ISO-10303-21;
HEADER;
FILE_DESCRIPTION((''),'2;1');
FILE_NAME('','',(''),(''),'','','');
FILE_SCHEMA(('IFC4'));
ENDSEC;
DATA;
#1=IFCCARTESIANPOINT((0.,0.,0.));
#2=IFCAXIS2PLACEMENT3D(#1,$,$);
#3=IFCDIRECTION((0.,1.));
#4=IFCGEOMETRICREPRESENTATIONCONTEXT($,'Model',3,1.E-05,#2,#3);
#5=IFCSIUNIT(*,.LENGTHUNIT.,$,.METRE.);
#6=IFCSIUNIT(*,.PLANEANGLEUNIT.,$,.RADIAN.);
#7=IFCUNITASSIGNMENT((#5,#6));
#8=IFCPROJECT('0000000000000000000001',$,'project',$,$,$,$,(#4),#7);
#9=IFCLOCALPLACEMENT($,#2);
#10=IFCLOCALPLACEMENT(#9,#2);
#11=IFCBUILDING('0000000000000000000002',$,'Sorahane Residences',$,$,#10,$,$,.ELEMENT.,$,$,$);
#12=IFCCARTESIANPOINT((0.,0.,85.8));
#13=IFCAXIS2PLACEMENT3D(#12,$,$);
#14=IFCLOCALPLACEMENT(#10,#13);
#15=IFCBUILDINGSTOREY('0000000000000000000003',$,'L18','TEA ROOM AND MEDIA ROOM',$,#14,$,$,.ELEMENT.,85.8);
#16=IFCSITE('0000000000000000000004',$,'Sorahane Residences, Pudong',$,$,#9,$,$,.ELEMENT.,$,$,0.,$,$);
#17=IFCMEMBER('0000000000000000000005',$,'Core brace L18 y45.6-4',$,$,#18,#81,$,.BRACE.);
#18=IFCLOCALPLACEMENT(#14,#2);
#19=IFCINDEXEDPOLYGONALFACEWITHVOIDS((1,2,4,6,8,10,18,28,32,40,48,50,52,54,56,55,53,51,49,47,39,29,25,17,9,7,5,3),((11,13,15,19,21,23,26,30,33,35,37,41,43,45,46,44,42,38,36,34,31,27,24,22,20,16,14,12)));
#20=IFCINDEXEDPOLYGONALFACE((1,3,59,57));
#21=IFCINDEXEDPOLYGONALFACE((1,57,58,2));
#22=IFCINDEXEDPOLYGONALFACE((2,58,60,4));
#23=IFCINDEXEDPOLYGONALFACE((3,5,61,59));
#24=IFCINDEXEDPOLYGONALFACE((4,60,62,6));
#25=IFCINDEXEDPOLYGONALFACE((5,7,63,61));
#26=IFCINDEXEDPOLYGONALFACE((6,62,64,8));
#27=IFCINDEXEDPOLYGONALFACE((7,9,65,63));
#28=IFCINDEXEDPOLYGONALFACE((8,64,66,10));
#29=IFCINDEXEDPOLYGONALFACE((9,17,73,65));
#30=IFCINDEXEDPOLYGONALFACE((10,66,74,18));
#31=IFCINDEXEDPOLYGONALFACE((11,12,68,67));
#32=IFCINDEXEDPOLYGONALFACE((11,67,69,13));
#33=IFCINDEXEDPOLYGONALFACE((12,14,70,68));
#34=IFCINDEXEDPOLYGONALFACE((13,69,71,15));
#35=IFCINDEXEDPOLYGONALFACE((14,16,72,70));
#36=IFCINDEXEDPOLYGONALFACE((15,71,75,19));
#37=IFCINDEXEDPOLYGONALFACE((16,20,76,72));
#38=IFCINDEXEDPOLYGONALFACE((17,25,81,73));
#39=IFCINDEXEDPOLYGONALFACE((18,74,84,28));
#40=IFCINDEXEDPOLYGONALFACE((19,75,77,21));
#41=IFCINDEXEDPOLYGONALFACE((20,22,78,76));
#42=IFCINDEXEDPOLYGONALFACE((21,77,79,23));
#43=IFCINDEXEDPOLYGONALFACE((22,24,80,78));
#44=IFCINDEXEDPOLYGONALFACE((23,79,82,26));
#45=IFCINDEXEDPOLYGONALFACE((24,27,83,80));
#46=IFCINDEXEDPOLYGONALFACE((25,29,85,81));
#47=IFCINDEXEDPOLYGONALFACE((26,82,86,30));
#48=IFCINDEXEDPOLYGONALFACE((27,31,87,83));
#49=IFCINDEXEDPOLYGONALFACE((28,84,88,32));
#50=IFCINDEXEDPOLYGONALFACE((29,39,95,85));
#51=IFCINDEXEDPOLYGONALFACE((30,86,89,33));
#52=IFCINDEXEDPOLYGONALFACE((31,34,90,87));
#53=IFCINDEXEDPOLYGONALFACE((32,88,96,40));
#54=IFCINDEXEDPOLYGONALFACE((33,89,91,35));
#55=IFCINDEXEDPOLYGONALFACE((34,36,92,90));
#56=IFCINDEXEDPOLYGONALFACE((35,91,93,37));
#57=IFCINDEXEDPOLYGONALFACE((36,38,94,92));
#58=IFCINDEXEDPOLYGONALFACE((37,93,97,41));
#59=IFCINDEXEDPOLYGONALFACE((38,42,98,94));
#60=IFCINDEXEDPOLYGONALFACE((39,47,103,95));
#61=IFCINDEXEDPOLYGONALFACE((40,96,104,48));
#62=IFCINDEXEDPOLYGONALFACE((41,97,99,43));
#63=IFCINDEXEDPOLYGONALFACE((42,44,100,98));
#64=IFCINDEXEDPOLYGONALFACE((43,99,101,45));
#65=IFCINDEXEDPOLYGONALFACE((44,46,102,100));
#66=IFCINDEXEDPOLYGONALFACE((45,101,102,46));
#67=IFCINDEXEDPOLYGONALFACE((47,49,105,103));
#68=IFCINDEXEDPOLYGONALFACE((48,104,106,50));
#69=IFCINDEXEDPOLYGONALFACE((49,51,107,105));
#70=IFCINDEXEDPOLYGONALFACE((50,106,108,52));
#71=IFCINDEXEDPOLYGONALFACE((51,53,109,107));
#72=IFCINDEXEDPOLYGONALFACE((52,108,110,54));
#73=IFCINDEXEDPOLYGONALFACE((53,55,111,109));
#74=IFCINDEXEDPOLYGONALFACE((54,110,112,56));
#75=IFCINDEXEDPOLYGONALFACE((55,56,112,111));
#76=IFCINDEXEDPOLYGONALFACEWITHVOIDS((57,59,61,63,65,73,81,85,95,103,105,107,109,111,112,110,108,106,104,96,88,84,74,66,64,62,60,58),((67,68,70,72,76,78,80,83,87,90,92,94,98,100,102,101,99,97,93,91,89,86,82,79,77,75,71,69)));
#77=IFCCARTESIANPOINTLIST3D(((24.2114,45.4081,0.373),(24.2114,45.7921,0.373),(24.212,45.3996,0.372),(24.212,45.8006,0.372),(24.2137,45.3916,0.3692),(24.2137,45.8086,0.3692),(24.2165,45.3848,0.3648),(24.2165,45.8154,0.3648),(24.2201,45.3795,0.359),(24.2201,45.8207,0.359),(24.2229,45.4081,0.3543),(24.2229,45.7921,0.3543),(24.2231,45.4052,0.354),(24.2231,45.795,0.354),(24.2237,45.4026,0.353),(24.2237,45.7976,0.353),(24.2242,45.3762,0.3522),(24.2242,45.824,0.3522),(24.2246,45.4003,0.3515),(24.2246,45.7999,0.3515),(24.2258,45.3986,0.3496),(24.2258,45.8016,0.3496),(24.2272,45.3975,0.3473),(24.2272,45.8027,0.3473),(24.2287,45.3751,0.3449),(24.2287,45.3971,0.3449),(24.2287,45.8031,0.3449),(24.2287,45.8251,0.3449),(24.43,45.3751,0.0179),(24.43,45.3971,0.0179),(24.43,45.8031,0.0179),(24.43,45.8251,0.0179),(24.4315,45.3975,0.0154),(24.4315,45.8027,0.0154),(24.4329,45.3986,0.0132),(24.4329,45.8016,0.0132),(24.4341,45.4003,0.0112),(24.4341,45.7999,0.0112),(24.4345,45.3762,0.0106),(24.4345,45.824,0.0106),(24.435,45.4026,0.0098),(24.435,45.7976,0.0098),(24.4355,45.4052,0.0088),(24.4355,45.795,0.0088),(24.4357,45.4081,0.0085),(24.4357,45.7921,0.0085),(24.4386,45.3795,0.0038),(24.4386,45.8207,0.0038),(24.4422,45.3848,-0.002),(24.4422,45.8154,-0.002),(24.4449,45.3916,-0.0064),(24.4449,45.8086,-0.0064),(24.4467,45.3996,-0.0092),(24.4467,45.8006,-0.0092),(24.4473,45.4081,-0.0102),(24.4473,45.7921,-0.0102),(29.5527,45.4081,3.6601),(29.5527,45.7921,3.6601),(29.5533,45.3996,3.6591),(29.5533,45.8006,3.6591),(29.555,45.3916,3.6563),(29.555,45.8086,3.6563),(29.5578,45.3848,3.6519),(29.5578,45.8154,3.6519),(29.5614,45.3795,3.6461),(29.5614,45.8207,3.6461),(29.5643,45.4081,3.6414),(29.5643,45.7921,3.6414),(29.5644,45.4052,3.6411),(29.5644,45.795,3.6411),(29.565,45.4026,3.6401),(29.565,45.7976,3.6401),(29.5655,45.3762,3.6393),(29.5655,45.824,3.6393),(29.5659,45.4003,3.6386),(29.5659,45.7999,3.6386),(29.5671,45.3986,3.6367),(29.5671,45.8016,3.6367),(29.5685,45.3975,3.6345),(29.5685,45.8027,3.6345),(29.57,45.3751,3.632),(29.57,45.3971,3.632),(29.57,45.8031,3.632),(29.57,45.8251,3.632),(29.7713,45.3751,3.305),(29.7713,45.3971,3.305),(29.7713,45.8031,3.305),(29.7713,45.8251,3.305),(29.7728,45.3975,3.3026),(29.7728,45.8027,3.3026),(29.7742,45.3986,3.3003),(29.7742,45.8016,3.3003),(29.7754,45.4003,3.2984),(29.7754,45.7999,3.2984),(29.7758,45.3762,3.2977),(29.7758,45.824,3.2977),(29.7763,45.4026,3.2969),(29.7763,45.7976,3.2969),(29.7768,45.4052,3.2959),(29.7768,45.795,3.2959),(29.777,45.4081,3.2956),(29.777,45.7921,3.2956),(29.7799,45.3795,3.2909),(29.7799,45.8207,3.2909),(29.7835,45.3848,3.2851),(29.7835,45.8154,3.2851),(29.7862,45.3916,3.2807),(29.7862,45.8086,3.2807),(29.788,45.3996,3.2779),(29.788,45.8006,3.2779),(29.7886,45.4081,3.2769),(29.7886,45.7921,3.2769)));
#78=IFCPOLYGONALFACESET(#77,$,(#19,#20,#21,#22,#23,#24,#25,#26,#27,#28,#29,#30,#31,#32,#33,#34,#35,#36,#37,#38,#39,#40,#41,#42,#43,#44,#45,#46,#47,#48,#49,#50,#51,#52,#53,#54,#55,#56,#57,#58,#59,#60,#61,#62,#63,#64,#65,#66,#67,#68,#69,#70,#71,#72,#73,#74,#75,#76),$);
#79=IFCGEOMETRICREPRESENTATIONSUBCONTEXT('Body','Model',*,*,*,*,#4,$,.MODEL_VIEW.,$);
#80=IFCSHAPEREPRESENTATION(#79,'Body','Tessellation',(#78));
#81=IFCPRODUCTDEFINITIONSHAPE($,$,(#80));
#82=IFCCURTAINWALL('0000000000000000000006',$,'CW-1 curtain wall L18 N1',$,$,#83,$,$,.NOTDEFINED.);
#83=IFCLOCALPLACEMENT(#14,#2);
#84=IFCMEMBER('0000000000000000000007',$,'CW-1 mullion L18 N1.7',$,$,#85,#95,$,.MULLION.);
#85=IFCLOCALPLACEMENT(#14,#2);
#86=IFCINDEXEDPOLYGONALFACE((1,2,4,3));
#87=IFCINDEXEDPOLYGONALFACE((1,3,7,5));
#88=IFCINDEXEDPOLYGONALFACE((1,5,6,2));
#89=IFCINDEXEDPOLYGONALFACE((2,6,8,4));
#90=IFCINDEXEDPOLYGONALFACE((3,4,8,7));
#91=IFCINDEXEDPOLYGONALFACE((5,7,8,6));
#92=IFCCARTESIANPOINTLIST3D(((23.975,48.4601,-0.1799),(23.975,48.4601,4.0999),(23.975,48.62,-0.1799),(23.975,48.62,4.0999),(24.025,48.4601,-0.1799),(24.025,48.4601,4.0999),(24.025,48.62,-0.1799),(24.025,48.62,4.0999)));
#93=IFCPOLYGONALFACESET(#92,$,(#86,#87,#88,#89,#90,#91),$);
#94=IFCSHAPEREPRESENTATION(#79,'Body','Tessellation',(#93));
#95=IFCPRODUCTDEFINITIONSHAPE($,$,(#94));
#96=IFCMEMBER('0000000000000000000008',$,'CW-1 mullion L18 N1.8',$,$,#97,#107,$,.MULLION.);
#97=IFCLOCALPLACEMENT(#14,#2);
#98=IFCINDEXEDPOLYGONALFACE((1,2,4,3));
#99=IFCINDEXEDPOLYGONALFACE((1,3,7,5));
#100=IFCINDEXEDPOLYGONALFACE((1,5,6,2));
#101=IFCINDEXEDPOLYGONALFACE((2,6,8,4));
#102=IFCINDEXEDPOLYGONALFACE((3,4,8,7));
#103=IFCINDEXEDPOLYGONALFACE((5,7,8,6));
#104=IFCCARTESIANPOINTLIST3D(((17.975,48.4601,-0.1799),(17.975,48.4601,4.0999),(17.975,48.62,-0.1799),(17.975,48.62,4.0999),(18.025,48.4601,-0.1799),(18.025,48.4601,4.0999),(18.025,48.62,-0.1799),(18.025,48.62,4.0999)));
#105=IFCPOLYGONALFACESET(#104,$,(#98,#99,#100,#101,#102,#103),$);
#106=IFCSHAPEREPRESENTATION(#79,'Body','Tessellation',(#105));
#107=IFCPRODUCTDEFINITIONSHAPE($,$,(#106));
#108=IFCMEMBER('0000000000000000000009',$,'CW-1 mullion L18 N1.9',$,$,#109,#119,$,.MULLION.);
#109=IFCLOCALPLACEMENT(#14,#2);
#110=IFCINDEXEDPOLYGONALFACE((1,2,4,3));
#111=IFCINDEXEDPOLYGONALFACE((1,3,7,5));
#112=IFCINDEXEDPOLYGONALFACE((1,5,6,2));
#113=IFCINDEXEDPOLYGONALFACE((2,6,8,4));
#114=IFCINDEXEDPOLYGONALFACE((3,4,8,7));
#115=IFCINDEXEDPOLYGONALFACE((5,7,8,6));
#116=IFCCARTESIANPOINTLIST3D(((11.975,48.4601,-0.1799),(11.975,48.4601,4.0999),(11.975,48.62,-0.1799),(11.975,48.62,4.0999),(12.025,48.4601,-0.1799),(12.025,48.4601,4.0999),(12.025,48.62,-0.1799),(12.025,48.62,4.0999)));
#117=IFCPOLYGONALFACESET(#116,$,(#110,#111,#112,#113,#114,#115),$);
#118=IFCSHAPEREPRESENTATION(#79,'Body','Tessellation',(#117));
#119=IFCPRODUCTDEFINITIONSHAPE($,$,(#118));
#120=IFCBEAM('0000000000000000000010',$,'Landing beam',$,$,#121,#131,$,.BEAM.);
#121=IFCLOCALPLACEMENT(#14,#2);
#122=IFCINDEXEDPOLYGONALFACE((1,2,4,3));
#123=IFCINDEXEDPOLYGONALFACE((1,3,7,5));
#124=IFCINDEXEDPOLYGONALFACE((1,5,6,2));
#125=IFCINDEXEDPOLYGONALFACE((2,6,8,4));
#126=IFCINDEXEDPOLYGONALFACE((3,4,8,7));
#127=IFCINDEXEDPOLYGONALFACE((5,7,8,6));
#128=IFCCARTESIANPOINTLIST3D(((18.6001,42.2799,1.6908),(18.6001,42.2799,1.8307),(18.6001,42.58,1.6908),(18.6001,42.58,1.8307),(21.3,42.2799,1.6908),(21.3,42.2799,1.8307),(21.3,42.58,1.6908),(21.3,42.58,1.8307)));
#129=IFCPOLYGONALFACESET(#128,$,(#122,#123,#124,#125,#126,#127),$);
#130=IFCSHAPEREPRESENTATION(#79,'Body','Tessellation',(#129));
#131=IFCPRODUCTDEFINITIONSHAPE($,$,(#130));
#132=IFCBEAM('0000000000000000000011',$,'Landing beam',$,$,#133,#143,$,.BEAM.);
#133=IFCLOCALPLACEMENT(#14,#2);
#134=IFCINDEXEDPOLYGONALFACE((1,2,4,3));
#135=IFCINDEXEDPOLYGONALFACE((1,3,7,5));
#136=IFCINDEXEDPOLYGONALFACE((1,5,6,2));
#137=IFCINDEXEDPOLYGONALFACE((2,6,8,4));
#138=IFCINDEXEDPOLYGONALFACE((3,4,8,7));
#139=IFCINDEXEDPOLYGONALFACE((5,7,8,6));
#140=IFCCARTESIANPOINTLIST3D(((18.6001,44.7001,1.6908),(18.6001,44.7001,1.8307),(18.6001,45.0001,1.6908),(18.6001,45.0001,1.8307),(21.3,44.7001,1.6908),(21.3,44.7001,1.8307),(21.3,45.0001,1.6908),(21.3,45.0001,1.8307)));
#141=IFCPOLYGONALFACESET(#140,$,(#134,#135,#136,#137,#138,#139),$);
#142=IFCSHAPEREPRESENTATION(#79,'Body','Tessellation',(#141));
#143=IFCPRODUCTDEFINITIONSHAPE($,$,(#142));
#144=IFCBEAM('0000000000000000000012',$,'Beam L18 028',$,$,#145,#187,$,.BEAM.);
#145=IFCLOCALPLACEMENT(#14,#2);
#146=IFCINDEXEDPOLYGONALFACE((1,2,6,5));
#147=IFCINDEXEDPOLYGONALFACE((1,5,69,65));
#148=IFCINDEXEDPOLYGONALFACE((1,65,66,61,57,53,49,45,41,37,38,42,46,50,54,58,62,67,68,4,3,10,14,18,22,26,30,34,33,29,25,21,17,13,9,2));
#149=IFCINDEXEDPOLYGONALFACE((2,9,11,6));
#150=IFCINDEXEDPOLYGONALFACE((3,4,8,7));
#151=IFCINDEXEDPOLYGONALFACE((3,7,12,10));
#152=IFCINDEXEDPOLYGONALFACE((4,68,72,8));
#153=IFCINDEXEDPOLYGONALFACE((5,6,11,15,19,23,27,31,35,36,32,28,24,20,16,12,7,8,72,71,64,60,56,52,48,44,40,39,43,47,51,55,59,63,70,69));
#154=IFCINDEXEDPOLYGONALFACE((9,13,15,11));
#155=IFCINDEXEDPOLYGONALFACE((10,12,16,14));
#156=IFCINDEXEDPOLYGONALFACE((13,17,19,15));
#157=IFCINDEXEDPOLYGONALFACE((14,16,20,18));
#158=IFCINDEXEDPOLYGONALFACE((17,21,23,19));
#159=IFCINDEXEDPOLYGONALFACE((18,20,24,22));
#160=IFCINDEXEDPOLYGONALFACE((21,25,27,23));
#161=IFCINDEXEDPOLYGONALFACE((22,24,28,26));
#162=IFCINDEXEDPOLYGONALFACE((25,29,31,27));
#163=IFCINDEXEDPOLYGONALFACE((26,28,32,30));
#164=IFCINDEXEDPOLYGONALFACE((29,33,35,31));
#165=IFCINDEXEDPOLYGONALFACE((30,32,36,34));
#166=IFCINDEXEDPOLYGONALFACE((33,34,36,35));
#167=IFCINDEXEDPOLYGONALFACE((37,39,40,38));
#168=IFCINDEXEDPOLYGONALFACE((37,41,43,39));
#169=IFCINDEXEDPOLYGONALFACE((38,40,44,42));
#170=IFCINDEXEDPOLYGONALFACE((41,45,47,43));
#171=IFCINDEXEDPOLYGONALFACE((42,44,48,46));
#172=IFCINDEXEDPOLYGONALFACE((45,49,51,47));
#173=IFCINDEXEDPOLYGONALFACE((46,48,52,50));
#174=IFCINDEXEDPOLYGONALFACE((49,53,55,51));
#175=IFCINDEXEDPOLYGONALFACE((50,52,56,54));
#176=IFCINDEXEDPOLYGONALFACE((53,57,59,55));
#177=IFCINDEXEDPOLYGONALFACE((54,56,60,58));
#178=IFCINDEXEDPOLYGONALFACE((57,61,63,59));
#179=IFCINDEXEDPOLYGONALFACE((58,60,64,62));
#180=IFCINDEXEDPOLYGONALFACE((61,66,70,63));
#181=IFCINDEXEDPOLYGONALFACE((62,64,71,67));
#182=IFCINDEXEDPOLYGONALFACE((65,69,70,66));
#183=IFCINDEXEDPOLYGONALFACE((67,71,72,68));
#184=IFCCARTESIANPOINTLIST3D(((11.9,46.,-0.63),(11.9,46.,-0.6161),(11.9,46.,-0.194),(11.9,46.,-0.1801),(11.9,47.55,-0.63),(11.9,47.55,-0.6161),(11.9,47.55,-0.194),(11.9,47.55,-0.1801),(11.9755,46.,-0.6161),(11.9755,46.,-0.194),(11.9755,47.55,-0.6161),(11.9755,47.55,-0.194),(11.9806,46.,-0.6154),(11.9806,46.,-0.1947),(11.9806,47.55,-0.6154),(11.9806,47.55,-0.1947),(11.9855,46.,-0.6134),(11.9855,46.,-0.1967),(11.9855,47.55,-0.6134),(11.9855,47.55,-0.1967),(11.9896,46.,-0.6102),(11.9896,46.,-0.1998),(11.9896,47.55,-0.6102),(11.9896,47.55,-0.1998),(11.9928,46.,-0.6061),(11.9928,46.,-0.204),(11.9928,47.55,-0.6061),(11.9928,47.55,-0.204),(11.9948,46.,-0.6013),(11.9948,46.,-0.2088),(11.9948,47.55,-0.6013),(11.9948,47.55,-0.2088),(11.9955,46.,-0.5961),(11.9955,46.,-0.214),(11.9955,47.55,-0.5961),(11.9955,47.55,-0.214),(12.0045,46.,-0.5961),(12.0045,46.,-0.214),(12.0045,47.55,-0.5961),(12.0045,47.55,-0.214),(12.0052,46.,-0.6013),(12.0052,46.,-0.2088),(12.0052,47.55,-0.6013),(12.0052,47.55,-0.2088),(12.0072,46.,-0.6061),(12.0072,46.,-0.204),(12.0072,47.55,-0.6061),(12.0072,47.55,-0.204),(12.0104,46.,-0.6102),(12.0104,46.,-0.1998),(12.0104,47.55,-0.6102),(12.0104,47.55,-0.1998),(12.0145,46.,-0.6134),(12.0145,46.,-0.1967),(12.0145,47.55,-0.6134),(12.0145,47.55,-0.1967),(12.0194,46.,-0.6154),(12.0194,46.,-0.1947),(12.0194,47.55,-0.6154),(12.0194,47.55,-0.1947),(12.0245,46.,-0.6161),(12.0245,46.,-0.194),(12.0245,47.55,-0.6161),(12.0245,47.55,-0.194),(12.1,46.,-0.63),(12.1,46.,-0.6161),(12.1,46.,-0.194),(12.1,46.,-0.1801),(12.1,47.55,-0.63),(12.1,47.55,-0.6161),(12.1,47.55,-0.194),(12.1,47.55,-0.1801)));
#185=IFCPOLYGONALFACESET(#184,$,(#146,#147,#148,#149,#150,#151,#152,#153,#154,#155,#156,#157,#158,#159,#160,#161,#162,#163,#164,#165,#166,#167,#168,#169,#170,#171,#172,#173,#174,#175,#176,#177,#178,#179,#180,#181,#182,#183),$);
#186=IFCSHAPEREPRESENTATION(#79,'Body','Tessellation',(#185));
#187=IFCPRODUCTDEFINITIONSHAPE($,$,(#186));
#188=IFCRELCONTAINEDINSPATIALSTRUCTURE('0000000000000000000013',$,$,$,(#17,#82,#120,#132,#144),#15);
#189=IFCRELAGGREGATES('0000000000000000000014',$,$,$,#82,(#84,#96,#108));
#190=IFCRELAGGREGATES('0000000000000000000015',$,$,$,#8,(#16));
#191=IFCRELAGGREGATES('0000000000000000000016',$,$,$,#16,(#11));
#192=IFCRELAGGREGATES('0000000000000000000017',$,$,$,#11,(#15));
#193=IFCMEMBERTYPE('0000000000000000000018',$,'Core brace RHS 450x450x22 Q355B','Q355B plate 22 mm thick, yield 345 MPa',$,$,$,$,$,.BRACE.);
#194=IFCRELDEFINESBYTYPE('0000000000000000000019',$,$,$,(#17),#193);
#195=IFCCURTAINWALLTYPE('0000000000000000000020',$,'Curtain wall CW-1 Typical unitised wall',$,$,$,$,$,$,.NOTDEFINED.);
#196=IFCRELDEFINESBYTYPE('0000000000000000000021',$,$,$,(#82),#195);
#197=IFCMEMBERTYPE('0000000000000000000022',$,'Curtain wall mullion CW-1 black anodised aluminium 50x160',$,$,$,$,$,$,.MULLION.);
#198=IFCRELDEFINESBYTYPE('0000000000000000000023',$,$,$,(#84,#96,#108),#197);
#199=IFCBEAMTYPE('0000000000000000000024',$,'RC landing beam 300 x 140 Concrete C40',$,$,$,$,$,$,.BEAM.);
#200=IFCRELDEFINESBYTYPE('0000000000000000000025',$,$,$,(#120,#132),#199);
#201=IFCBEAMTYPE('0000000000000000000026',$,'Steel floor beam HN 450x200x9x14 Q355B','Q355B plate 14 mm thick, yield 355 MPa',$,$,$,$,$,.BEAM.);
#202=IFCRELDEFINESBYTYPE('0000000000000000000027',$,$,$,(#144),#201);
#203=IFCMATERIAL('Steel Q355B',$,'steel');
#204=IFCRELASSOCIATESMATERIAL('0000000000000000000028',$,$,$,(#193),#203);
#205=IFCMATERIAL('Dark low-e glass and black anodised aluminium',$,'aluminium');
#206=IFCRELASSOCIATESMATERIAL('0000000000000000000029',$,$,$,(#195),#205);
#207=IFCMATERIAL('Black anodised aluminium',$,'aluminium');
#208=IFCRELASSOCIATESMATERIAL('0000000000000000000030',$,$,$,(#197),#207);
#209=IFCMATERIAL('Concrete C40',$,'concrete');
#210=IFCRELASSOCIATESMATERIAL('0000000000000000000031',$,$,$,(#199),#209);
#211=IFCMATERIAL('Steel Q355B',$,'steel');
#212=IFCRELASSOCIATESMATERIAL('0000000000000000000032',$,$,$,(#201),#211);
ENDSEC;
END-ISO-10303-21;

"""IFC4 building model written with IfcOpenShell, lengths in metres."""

from ifc_helpers import new_model, si_unit, direction, frame, origin, origin_2d, place, context, subcontext, project, spatial, rectangle, hollow_rectangle, i_section, extrude, material, material_profile, profile_set, type_object, element, aggregate, save


model = new_model("IFC4")

# Units and contexts
model_context = context("Model", 3, precision=1e-05, world=origin(), true_north=direction((0.0, 1.0)))
body_context = subcontext(model_context, "Body", "Model", "MODEL_VIEW")
ifc_project = project(units=[si_unit("LENGTHUNIT", "METRE"), si_unit("PLANEANGLEUNIT", "RADIAN")], contexts=[model_context])

# Site, building, storey
site_placement = place(None, origin())
site = spatial("IfcSite", under=ifc_project, at=site_placement, Name="Sorahane Residences, Pudong", CompositionType="ELEMENT", RefElevation=0.0)
building_placement = place(site_placement, origin())
building = spatial("IfcBuilding", under=site, at=building_placement, Name="Sorahane Residences", CompositionType="ELEMENT")
storey_placement = place(building_placement, frame((0.0, 0.0, 85.8)))
storey = spatial("IfcBuildingStorey", under=building, at=storey_placement, Name="L18", Description="TEA ROOM AND MEDIA ROOM", CompositionType="ELEMENT", Elevation=85.8)

# Member
ifc_material_1 = material(Name="Steel Q355B", Category="steel")
ifc_material_profile_1 = material_profile(ifc_material_1, hollow_rectangle(XDim=0.45, YDim=0.45, WallThickness=0.022, InnerFilletRadius=0.011, OuterFilletRadius=0.033, at=origin_2d()), Name="RHS 450x450x22")
ifc_profile_set_1 = profile_set([ifc_material_profile_1], Name="Steel Q355B")
member_type_1 = type_object("IfcMemberType", Name="Core brace RHS 450x450x22 Q355B", Description="Q355B plate 22 mm thick, yield 345 MPa", PredefinedType="BRACE", material=ifc_profile_set_1)
for number, where, z_axis, x_axis, name in (
    (1, (24.3293, 45.6001, 0.1814), (0.851648, 0.0, 0.524115), (0.0, 1.0, 0.0), "Core brace L18 y45.6-4"),
):
    element("IfcMember", number, at=place(storey_placement, frame(where, z_axis=z_axis, x_axis=x_axis)), inside=storey, type_object=member_type_1, Name=name, PredefinedType="BRACE", context=body_context, shape_type="SweptSolid", body=[
        extrude(hollow_rectangle(XDim=0.45, YDim=0.45, WallThickness=0.022, InnerFilletRadius=0.011, OuterFilletRadius=0.033, at=origin_2d()), origin(), (0.0, 0.0, 1.0), 6.2717),
    ])

# Curtain wall, members
ifc_material_2 = material(Name="Dark low-e glass and black anodised aluminium", Category="aluminium")
curtain_wall_type = type_object("IfcCurtainWallType", Name="Curtain wall CW-1 Typical unitised wall", PredefinedType="NOTDEFINED", material=ifc_material_2)
curtain_wall_placement = place(storey_placement, origin())
curtain_wall = element("IfcCurtainWall", 2, at=curtain_wall_placement, inside=storey, type_object=curtain_wall_type, Name="CW-1 curtain wall L18 N1", PredefinedType="NOTDEFINED")
ifc_material_3 = material(Name="Black anodised aluminium", Category="aluminium")
ifc_material_profile_2 = material_profile(ifc_material_3, rectangle(XDim=0.1599, YDim=0.05, at=origin_2d()), Name="Curtain wall mullion CW-1 black anodised aluminium 50x160")
ifc_profile_set_2 = profile_set([ifc_material_profile_2], Name="Black anodised aluminium")
member_type_2 = type_object("IfcMemberType", Name="Curtain wall mullion CW-1 black anodised aluminium 50x160", PredefinedType="MULLION", material=ifc_profile_set_2)
member_1_placement = place(storey_placement, frame((24.0, 48.54, -0.1799), z_axis=(0.0, 0.0, 1.0), x_axis=(0.0, 1.0, 0.0)))
member_1 = element("IfcMember", 3, at=member_1_placement, type_object=member_type_2, Name="CW-1 mullion L18 N1.7", PredefinedType="MULLION", context=body_context, shape_type="SweptSolid", body=[
    extrude(rectangle(XDim=0.1599, YDim=0.05, at=origin_2d()), origin(), (0.0, 0.0, 1.0), 4.2798),
])
member_2_placement = place(storey_placement, frame((18.0, 48.54, -0.1799), z_axis=(0.0, 0.0, 1.0), x_axis=(0.0, 1.0, 0.0)))
member_2 = element("IfcMember", 4, at=member_2_placement, type_object=member_type_2, Name="CW-1 mullion L18 N1.8", PredefinedType="MULLION", context=body_context, shape_type="SweptSolid", body=[
    extrude(rectangle(XDim=0.1599, YDim=0.05, at=origin_2d()), origin(), (0.0, 0.0, 1.0), 4.2798),
])
member_3_placement = place(storey_placement, frame((12.0, 48.54, -0.1799), z_axis=(0.0, 0.0, 1.0), x_axis=(0.0, 1.0, 0.0)))
member_3 = element("IfcMember", 5, at=member_3_placement, type_object=member_type_2, Name="CW-1 mullion L18 N1.9", PredefinedType="MULLION", context=body_context, shape_type="SweptSolid", body=[
    extrude(rectangle(XDim=0.1599, YDim=0.05, at=origin_2d()), origin(), (0.0, 0.0, 1.0), 4.2798),
])

# Beams
ifc_material_4 = material(Name="Concrete C40", Category="concrete")
ifc_material_profile_3 = material_profile(ifc_material_4, rectangle(XDim=0.3, YDim=0.1399, at=origin_2d()), Name="300x140")
ifc_profile_set_3 = profile_set([ifc_material_profile_3], Name="Concrete C40")
beam_type_1 = type_object("IfcBeamType", Name="RC landing beam 300 x 140 Concrete C40", PredefinedType="BEAM", material=ifc_profile_set_3)
for number, where, z_axis, x_axis, name in (
    (6, (18.6001, 42.4299, 1.7607), (1.0, 0.0, 0.0), (0.0, 1.0, 0.0), "Landing beam"),
    (7, (18.6001, 44.8501, 1.7607), (1.0, 0.0, 0.0), (0.0, 1.0, 0.0), "Landing beam"),
):
    element("IfcBeam", number, at=place(storey_placement, frame(where, z_axis=z_axis, x_axis=x_axis)), inside=storey, type_object=beam_type_1, Name=name, PredefinedType="BEAM", context=body_context, shape_type="SweptSolid", body=[
        extrude(rectangle(XDim=0.3, YDim=0.1399, at=origin_2d()), origin(), (0.0, 0.0, 1.0), 2.7),
    ])
ifc_material_5 = material(Name="Steel Q355B", Category="steel")
ifc_material_profile_4 = material_profile(ifc_material_5, i_section(OverallWidth=0.2, OverallDepth=0.45, WebThickness=0.009, FlangeThickness=0.0139, FilletRadius=0.02, at=origin_2d()), Name="HN 450x200x9x14")
ifc_profile_set_4 = profile_set([ifc_material_profile_4], Name="Steel Q355B")
beam_type_2 = type_object("IfcBeamType", Name="Steel floor beam HN 450x200x9x14 Q355B", Description="Q355B plate 14 mm thick, yield 355 MPa", PredefinedType="BEAM", material=ifc_profile_set_4)
beam_1_placement = place(storey_placement, frame((12.0, 46.0, -0.405), z_axis=(0.0, 1.0, 0.0), x_axis=(-1.0, 0.0, 0.0)))
element("IfcBeam", 8, at=beam_1_placement, inside=storey, type_object=beam_type_2, Name="Beam L18 028", PredefinedType="BEAM", context=body_context, shape_type="SweptSolid", body=[
    extrude(i_section(OverallWidth=0.2, OverallDepth=0.45, WebThickness=0.009, FlangeThickness=0.0139, FilletRadius=0.02, at=origin_2d()), origin(), (0.0, 0.0, 1.0), 1.55),
])

aggregate(curtain_wall, [member_1, member_2, member_3])

save(model, "model.ifc")
